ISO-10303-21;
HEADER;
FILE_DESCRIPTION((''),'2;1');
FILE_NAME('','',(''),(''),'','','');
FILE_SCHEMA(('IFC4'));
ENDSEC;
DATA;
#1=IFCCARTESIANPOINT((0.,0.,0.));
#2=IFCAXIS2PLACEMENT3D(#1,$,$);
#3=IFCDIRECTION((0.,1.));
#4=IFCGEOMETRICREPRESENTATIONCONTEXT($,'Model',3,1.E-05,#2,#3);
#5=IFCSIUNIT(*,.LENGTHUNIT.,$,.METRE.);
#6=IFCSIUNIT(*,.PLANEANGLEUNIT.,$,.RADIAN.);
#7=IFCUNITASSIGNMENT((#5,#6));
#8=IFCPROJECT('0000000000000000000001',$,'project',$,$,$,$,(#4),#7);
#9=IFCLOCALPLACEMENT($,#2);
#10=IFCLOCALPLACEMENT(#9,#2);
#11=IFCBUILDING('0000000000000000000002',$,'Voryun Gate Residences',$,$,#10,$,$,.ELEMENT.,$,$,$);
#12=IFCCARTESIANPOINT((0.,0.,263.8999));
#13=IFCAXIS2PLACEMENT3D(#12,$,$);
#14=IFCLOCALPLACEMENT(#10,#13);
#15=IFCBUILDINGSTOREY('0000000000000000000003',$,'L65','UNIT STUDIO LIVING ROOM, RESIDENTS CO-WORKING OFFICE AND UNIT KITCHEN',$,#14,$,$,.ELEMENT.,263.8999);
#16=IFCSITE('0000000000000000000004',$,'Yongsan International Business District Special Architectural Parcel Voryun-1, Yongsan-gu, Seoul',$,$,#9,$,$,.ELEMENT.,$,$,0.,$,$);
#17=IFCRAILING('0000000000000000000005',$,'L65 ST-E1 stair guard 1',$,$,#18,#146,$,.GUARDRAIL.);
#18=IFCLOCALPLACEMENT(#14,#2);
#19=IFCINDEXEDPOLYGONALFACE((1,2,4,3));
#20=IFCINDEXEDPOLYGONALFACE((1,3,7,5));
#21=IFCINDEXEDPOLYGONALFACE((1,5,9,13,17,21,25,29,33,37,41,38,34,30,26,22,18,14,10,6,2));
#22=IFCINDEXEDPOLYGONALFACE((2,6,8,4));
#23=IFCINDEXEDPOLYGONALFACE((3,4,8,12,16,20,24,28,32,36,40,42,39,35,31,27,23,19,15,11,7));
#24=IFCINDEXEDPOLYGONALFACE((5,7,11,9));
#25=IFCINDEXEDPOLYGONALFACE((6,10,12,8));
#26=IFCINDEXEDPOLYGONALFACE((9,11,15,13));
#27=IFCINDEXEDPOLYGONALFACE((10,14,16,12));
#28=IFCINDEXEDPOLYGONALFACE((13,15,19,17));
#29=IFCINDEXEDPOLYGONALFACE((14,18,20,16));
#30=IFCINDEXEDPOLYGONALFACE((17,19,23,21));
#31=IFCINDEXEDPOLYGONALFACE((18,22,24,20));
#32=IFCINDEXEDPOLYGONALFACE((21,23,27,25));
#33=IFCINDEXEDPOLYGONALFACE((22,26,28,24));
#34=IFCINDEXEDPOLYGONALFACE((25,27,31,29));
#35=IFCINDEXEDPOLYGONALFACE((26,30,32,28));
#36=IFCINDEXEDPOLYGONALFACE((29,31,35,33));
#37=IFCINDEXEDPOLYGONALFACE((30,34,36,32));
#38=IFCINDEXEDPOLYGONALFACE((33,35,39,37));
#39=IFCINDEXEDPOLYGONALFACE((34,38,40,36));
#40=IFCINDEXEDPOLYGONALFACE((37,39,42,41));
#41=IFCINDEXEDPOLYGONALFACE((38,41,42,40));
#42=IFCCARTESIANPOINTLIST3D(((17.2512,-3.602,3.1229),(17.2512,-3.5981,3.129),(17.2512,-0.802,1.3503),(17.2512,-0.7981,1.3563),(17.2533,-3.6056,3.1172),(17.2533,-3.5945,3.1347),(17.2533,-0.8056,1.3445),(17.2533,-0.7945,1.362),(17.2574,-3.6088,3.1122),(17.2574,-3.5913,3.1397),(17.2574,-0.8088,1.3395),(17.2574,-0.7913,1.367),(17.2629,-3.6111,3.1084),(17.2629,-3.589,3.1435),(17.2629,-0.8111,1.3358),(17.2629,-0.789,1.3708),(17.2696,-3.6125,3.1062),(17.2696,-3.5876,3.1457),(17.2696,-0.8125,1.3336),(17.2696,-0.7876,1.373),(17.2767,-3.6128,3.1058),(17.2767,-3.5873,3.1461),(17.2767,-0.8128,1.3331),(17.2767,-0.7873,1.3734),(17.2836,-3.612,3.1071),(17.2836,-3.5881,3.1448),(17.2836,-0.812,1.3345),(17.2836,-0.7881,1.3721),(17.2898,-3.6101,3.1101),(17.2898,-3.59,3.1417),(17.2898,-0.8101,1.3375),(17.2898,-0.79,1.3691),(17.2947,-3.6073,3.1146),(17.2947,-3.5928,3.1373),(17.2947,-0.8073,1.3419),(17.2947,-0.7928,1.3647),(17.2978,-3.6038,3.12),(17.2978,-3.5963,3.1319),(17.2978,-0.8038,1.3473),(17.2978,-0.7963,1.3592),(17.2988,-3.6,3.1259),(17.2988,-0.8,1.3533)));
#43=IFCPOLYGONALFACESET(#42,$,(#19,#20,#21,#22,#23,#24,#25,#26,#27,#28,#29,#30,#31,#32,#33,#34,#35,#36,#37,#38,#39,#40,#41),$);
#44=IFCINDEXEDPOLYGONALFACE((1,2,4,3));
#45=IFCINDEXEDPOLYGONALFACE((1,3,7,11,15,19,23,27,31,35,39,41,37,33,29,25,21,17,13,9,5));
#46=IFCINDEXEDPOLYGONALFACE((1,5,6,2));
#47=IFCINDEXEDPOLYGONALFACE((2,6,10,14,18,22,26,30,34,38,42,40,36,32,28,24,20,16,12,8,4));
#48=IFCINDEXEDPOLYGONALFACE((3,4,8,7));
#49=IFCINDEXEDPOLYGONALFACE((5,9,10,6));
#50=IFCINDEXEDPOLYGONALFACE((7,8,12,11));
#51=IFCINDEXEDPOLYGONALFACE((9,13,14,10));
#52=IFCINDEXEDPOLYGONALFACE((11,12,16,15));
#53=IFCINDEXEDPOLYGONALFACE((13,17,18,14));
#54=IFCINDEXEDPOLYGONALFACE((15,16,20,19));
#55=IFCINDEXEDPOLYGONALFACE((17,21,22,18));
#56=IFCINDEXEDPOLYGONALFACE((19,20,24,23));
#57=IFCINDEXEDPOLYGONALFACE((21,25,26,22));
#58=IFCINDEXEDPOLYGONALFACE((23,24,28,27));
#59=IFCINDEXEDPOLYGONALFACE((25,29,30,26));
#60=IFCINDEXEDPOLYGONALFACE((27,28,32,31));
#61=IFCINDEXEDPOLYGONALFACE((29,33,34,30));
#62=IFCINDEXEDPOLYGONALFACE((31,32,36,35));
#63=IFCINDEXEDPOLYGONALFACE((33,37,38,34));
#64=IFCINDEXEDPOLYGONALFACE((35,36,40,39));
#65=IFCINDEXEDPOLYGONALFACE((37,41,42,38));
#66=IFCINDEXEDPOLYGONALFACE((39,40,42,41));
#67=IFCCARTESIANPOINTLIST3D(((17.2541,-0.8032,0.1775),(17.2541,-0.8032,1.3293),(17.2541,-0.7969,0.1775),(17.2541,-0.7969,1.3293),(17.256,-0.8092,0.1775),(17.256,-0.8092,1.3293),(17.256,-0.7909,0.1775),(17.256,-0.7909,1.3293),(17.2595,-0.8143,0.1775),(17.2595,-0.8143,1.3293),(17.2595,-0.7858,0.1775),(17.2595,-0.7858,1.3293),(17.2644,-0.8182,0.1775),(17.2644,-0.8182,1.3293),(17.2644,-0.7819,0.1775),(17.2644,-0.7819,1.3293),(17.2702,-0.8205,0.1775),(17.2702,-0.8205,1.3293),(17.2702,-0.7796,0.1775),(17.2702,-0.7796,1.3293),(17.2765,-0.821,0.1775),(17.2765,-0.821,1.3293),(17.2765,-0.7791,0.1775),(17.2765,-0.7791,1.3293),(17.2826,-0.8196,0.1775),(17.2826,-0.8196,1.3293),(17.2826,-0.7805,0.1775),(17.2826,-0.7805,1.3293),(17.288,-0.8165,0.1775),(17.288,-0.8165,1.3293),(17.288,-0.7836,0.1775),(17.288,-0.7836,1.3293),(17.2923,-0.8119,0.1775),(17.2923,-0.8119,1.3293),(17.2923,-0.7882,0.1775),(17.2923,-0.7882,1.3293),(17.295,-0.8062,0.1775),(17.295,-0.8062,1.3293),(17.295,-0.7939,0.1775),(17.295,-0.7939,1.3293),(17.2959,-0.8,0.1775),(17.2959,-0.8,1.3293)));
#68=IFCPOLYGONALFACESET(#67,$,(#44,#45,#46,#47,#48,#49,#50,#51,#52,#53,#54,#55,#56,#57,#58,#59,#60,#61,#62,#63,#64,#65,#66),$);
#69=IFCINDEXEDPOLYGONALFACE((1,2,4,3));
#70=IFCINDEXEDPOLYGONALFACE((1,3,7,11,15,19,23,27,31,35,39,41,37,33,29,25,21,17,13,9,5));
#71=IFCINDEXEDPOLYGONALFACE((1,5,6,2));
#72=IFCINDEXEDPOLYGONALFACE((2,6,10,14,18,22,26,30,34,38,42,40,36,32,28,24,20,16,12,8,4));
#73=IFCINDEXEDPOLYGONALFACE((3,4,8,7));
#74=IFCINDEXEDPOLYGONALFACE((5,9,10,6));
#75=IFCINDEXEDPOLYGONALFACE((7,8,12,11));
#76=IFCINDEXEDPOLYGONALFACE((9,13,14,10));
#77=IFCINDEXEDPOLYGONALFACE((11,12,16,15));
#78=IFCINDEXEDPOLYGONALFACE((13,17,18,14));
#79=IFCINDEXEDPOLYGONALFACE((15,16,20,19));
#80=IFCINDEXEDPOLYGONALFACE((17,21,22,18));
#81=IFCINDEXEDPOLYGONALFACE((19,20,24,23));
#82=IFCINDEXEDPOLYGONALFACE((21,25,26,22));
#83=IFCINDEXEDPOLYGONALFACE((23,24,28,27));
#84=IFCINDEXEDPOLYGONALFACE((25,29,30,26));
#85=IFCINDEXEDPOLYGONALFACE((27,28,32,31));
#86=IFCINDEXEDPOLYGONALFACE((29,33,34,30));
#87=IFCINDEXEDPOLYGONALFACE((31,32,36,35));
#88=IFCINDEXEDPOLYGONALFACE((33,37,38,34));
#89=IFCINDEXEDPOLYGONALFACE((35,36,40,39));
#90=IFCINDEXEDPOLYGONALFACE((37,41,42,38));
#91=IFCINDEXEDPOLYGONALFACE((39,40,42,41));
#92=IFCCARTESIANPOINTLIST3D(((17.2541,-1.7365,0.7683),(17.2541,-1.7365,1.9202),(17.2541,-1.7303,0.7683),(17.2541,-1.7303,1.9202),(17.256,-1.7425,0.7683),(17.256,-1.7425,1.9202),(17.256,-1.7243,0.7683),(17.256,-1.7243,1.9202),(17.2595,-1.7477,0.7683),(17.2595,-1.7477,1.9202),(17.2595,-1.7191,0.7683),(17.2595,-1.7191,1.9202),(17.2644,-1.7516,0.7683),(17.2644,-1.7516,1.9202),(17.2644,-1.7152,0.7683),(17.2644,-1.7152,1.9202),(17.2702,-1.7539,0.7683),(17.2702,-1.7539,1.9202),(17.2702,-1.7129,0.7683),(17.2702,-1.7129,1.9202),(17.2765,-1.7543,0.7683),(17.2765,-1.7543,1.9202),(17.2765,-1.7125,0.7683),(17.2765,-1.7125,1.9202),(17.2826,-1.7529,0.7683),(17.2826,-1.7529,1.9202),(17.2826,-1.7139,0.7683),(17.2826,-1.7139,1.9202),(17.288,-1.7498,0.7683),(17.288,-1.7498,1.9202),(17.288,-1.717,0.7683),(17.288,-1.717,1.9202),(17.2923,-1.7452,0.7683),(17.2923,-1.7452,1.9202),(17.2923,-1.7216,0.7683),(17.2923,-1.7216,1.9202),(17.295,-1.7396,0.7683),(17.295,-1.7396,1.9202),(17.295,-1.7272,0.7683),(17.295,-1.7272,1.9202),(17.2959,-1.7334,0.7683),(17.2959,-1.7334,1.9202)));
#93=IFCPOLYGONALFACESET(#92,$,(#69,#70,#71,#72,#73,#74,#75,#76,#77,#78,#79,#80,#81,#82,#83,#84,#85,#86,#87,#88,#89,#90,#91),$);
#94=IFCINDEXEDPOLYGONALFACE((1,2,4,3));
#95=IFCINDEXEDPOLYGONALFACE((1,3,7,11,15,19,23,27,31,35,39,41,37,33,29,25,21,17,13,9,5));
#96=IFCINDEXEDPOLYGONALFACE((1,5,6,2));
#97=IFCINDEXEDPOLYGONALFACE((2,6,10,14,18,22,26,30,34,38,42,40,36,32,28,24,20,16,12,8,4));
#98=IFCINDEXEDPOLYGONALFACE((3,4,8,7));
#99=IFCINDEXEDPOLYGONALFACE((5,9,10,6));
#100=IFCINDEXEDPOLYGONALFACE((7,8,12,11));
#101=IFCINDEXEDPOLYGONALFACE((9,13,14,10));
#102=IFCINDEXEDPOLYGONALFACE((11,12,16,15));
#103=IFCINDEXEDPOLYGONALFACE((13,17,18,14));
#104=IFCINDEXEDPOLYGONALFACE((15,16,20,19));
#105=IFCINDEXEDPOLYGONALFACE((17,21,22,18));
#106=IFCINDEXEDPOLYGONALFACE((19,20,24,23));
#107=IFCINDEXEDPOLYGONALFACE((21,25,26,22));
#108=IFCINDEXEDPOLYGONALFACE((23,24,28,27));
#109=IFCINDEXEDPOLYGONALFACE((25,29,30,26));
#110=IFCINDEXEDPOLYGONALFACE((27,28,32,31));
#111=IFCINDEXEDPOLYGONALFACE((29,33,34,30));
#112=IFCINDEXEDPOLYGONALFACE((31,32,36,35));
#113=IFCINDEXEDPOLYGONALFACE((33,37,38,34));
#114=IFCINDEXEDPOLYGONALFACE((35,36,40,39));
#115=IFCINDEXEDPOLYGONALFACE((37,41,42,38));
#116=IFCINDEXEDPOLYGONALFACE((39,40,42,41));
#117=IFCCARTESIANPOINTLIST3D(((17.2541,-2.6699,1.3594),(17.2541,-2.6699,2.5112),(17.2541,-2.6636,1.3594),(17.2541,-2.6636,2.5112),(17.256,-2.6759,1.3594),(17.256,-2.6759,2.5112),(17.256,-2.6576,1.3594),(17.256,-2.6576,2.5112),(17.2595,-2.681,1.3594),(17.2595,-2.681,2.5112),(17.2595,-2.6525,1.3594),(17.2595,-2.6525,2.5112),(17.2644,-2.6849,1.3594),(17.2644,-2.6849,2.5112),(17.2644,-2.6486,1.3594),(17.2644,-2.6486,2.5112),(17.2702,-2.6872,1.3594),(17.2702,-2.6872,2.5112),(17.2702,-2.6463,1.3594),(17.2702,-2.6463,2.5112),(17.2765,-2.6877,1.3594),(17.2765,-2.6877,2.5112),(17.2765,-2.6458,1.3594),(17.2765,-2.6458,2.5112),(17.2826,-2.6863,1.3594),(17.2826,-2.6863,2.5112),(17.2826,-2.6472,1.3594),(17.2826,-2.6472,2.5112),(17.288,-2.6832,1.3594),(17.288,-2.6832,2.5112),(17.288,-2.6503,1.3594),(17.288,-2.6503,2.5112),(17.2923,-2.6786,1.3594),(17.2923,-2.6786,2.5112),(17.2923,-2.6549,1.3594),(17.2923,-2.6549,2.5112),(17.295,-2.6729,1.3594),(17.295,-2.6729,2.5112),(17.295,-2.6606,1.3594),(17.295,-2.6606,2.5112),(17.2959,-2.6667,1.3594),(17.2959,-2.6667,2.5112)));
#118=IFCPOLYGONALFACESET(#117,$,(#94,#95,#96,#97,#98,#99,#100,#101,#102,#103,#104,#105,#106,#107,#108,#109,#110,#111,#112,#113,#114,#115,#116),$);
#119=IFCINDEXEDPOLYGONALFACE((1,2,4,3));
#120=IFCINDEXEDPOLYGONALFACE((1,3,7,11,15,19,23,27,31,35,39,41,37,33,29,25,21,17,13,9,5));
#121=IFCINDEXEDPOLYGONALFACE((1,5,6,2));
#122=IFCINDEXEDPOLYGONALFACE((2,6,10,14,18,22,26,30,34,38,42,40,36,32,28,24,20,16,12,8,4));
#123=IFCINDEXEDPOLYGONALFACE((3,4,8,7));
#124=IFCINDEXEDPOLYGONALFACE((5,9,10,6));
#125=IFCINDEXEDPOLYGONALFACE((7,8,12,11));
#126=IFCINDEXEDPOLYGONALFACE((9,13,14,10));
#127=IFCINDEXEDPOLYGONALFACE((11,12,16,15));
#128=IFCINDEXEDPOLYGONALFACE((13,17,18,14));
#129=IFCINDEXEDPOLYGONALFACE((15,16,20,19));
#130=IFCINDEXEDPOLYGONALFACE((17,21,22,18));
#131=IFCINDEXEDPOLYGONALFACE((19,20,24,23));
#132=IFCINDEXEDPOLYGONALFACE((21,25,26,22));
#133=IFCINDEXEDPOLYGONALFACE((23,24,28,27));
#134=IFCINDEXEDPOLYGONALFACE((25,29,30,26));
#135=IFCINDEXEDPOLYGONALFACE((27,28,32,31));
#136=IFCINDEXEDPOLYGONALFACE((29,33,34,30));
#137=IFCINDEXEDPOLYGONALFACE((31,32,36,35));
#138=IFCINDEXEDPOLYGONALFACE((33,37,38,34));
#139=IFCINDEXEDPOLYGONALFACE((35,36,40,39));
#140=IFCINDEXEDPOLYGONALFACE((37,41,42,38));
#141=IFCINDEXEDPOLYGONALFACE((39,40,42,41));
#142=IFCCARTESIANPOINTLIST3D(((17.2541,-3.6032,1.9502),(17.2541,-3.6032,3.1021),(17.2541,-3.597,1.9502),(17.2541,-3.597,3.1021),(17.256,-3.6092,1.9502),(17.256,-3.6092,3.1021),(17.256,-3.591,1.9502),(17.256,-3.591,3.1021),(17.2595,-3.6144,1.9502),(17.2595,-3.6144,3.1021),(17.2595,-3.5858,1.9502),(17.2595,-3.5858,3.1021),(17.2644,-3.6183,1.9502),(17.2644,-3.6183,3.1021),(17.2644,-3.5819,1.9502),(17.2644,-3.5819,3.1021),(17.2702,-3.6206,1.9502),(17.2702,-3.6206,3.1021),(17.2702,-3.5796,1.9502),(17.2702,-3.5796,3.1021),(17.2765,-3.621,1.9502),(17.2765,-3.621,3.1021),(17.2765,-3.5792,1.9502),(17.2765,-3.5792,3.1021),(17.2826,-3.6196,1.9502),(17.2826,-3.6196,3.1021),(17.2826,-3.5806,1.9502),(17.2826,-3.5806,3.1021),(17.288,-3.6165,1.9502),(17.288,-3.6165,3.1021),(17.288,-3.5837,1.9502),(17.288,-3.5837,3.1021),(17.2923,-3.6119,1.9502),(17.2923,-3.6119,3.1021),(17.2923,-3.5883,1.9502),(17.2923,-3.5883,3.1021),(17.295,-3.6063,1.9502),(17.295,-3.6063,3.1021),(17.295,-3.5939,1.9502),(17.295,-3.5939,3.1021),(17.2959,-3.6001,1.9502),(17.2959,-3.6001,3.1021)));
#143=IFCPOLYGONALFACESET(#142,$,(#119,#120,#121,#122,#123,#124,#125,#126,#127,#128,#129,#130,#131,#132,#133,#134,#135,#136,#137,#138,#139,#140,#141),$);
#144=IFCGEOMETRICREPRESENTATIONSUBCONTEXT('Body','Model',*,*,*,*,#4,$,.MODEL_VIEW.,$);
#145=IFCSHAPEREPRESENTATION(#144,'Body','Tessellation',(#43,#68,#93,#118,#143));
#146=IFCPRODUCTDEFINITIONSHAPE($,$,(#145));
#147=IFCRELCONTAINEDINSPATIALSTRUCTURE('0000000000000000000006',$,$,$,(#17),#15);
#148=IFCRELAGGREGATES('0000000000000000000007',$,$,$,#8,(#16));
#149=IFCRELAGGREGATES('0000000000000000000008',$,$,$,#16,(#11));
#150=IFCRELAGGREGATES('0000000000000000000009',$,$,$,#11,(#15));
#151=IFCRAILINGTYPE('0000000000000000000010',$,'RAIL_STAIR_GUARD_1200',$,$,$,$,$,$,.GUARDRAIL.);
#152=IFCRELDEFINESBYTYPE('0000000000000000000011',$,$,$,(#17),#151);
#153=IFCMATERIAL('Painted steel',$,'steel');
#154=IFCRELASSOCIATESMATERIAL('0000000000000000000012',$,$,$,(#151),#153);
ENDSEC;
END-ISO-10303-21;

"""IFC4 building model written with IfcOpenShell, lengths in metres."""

from ifc_helpers import new_model, si_unit, direction, frame, origin, origin_2d, place, context, subcontext, project, spatial, circle, extrude, material, type_object, element, save


model = new_model("IFC4")

# Units and contexts
model_context = context("Model", 3, precision=1e-05, world=origin(), true_north=direction((0.0, 1.0)))
body_context = subcontext(model_context, "Body", "Model", "MODEL_VIEW")
ifc_project = project(units=[si_unit("LENGTHUNIT", "METRE"), si_unit("PLANEANGLEUNIT", "RADIAN")], contexts=[model_context])

# Site, building, storey
site_placement = place(None, origin())
site = spatial("IfcSite", under=ifc_project, at=site_placement, Name="Yongsan International Business District Special Architectural Parcel Voryun-1, Yongsan-gu, Seoul", CompositionType="ELEMENT", RefElevation=0.0)
building_placement = place(site_placement, origin())
building = spatial("IfcBuilding", under=site, at=building_placement, Name="Voryun Gate Residences", CompositionType="ELEMENT")
storey_placement = place(building_placement, frame((0.0, 0.0, 263.8999)))
storey = spatial("IfcBuildingStorey", under=building, at=storey_placement, Name="L65", Description="UNIT STUDIO LIVING ROOM, RESIDENTS CO-WORKING OFFICE AND UNIT KITCHEN", CompositionType="ELEMENT", Elevation=263.8999)

# Railing
ifc_material_1 = material(Name="Painted steel", Category="steel")
railing_type_1 = type_object("IfcRailingType", Name="RAIL_STAIR_GUARD_1200", PredefinedType="GUARDRAIL", material=ifc_material_1)
railing_1_placement = place(storey_placement, frame((17.2749, -0.8, 0.1775)))
element("IfcRailing", 1, at=railing_1_placement, inside=storey, type_object=railing_type_1, Name="L65 ST-E1 stair guard 1", PredefinedType="GUARDRAIL", context=body_context, shape_type="SweptSolid", body=[
    extrude(circle(Radius=0.0239, at=origin_2d()), frame((0.0, 0.0, 1.1758), z_axis=(0.0, -0.844909, 0.53491), x_axis=(1.0, 0.0, 0.0)), (0.0, 0.0, 1.0), 3.314),
    extrude(circle(Radius=0.021, at=origin_2d()), origin(), (0.0, 0.0, 1.0), 1.1519),
    extrude(circle(Radius=0.021, at=origin_2d()), frame((0.0, -0.9333, 0.5908)), (0.0, 0.0, 1.0), 1.1519),
    extrude(circle(Radius=0.021, at=origin_2d()), frame((0.0, -1.8667, 1.1819)), (0.0, 0.0, 1.0), 1.1519),
    extrude(circle(Radius=0.021, at=origin_2d()), frame((0.0, -2.8, 1.7727)), (0.0, 0.0, 1.0), 1.1519),
])

save(model, "model.ifc")
